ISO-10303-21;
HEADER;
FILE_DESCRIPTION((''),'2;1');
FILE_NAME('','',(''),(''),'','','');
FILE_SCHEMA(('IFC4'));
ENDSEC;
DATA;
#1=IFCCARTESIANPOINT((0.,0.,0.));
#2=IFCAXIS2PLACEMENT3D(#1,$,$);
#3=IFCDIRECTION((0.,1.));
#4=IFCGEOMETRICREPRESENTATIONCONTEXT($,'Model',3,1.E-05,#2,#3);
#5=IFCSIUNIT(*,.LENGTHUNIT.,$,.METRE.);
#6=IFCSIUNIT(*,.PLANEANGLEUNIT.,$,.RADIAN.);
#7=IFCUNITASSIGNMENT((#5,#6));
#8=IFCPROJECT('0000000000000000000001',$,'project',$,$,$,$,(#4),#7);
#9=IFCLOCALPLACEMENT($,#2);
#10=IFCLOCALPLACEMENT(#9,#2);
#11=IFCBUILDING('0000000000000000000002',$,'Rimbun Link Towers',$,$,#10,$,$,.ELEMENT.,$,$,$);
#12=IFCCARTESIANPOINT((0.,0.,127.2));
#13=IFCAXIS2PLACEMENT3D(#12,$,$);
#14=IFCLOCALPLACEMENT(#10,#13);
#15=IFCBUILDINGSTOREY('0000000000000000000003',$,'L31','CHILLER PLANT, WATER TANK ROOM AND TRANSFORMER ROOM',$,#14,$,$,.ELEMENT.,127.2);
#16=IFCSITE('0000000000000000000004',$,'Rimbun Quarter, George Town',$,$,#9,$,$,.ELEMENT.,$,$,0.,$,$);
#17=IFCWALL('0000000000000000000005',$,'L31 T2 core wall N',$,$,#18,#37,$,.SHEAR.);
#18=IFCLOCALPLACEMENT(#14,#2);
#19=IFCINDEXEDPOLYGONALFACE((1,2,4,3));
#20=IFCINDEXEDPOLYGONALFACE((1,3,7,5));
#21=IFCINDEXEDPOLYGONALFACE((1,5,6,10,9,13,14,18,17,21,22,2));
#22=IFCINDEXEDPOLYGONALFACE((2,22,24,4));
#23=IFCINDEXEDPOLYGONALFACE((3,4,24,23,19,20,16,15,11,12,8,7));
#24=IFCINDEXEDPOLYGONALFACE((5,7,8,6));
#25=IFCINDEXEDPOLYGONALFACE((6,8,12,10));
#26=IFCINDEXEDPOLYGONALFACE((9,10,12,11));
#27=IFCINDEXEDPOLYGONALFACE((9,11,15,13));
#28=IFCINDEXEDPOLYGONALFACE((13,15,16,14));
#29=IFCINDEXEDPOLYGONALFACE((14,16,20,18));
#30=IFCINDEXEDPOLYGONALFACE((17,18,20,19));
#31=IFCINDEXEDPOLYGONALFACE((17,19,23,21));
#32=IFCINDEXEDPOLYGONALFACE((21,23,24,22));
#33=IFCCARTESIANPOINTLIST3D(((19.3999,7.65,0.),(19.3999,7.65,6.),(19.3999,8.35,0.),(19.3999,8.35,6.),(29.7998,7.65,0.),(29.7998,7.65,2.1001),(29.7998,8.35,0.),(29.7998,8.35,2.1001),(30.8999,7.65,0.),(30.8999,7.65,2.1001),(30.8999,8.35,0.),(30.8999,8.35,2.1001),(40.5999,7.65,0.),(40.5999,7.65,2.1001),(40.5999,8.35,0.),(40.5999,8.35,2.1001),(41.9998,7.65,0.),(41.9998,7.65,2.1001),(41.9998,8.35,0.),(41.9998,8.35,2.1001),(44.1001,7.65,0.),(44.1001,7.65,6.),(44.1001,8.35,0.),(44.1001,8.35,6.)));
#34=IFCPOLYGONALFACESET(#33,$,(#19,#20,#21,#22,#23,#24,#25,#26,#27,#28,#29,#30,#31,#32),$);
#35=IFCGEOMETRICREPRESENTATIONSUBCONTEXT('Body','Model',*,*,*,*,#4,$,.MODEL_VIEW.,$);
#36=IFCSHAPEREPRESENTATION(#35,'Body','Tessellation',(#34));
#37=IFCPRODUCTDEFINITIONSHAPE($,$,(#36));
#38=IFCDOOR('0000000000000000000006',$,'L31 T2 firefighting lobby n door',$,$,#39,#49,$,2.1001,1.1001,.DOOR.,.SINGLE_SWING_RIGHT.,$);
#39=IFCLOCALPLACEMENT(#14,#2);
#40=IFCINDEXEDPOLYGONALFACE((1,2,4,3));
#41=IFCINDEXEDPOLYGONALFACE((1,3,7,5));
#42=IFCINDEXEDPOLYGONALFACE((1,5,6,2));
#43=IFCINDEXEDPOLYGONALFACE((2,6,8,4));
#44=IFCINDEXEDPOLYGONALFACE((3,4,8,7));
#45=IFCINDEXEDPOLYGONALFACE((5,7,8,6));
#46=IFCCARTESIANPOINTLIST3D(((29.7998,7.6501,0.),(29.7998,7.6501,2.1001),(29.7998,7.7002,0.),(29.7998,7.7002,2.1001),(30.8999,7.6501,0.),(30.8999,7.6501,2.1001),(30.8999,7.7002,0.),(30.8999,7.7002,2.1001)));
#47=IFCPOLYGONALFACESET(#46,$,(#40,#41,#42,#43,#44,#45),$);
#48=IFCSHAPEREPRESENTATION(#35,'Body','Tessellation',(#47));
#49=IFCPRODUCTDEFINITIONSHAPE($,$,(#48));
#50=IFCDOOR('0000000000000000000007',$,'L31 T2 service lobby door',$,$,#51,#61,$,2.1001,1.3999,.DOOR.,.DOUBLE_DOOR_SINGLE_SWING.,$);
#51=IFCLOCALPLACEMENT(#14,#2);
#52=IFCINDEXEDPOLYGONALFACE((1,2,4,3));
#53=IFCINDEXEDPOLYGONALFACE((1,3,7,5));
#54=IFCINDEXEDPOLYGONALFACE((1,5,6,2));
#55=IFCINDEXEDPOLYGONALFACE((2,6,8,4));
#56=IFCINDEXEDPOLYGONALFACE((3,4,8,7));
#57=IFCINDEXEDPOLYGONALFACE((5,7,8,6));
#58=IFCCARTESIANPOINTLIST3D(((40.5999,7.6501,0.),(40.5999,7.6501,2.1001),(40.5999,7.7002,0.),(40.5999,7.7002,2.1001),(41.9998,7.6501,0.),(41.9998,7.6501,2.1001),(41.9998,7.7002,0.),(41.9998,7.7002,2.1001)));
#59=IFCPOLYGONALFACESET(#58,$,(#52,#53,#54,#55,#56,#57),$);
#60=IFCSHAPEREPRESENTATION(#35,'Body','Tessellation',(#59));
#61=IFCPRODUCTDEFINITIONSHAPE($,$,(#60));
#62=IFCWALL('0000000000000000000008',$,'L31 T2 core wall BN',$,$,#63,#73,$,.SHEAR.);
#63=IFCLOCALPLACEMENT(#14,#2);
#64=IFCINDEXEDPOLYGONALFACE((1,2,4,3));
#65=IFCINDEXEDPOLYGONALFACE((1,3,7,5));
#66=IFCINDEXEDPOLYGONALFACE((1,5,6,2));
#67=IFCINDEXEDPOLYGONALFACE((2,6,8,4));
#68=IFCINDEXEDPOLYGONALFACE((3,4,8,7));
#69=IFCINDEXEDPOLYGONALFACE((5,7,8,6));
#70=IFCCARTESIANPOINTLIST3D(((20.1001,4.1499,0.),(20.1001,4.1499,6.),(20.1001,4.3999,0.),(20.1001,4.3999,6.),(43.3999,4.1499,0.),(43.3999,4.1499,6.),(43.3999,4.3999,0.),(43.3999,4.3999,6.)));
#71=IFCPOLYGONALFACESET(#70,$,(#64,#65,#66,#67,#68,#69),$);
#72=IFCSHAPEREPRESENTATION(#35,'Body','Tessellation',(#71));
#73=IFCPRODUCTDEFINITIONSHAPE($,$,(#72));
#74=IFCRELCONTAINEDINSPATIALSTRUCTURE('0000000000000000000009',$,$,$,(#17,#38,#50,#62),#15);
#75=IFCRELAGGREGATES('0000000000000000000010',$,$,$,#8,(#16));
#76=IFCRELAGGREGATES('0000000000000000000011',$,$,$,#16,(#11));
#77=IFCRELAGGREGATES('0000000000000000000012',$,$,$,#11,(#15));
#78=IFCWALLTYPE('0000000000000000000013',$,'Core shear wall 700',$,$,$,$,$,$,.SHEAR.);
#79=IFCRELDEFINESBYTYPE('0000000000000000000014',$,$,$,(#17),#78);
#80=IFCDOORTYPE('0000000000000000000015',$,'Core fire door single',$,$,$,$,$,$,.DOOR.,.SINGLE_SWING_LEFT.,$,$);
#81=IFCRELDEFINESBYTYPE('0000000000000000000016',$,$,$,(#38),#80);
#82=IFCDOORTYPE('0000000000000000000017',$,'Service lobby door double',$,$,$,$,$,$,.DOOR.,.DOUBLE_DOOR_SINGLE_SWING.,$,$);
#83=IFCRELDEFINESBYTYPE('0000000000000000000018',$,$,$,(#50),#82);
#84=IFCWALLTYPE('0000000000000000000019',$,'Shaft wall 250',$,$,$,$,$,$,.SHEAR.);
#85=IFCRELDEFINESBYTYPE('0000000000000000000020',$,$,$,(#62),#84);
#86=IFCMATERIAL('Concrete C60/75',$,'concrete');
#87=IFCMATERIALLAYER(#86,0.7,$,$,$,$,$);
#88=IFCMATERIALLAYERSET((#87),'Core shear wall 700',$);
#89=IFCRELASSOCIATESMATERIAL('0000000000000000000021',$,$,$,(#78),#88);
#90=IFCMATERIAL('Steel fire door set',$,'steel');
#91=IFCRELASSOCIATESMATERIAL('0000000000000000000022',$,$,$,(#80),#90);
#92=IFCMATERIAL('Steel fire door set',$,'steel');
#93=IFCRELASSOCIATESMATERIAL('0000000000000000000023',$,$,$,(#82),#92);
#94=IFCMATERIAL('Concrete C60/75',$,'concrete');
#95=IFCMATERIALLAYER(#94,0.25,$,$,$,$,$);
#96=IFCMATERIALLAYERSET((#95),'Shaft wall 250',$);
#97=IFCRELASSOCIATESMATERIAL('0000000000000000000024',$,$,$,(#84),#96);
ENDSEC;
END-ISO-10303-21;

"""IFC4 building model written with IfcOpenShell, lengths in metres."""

from ifc_helpers import new_model, si_unit, direction, frame, frame_2d, origin, place, context, subcontext, project, spatial, rectangle, extrude, material, layer, layer_set, type_object, element, fill, save


model = new_model("IFC4")

# Units and contexts
model_context = context("Model", 3, precision=1e-05, world=origin(), true_north=direction((0.0, 1.0)))
body_context = subcontext(model_context, "Body", "Model", "MODEL_VIEW")
ifc_project = project(units=[si_unit("LENGTHUNIT", "METRE"), si_unit("PLANEANGLEUNIT", "RADIAN")], contexts=[model_context])

# Site, building, storey
site_placement = place(None, origin())
site = spatial("IfcSite", under=ifc_project, at=site_placement, Name="Rimbun Quarter, George Town", CompositionType="ELEMENT", RefElevation=0.0)
building_placement = place(site_placement, origin())
building = spatial("IfcBuilding", under=site, at=building_placement, Name="Rimbun Link Towers", CompositionType="ELEMENT")
storey_placement = place(building_placement, frame((0.0, 0.0, 127.2)))
storey = spatial("IfcBuildingStorey", under=building, at=storey_placement, Name="L31", Description="CHILLER PLANT, WATER TANK ROOM AND TRANSFORMER ROOM", CompositionType="ELEMENT", Elevation=127.2)

# Wall, openings, doors
ifc_material_1 = material(Name="Concrete C60/75", Category="concrete")
ifc_layer_1 = layer(ifc_material_1, 0.7)
ifc_layer_set_1 = layer_set([ifc_layer_1], Name="Core shear wall 700")
wall_type_1 = type_object("IfcWallType", Name="Core shear wall 700", PredefinedType="SHEAR", material=ifc_layer_set_1)
wall_1_placement = place(storey_placement, frame((19.3999, 8.0, 0.0), z_axis=(0.0, 0.0, 1.0), x_axis=(1.0, 0.0, 0.0)))
wall_1 = element("IfcWall", 1, at=wall_1_placement, inside=storey, type_object=wall_type_1, Name="L31 T2 core wall N", PredefinedType="SHEAR", context=body_context, shape_type="SweptSolid", body=[
    extrude(rectangle(XDim=24.7002, YDim=0.7, at=frame_2d((12.3501, 0.0))), origin(), (0.0, 0.0, 1.0), 6.0),
])
opening_1_placement = place(wall_1_placement, frame((10.3999, 0.0, 0.0)))
opening_1 = element("IfcOpeningElement", 2, at=opening_1_placement, cuts=wall_1, PredefinedType="OPENING", context=body_context, shape_type="SweptSolid", body=[
    extrude(rectangle(XDim=1.1001, YDim=2.1001, at=frame_2d((0.55, 1.05))), frame((0.0, 0.3599, 0.0), z_axis=(0.0, -1.0, 0.0), x_axis=(1.0, 0.0, 0.0)), (0.0, 0.0, 1.0), 0.72),
])
opening_2_placement = place(wall_1_placement, frame((21.2, 0.0, 0.0)))
opening_2 = element("IfcOpeningElement", 3, at=opening_2_placement, cuts=wall_1, PredefinedType="OPENING", context=body_context, shape_type="SweptSolid", body=[
    extrude(rectangle(XDim=1.3999, YDim=2.1001, at=frame_2d((0.7, 1.05))), frame((0.0, 0.3599, 0.0), z_axis=(0.0, -1.0, 0.0), x_axis=(1.0, 0.0, 0.0)), (0.0, 0.0, 1.0), 0.72),
])
ifc_material_2 = material(Name="Steel fire door set", Category="steel")
door_type_1 = type_object("IfcDoorType", Name="Core fire door single", OperationType="SINGLE_SWING_LEFT", PredefinedType="DOOR", material=ifc_material_2)
door_1_placement = place(opening_1_placement, origin())
door_1 = element("IfcDoor", 4, at=door_1_placement, inside=storey, type_object=door_type_1, Name="L31 T2 firefighting lobby n door", OperationType="SINGLE_SWING_RIGHT", OverallHeight=2.1001, OverallWidth=1.1001, PredefinedType="DOOR", context=body_context, shape_type="SweptSolid", body=[
    extrude(rectangle(XDim=1.1001, YDim=2.1001, at=frame_2d((0.55, 1.05))), frame((0.0, -0.2998, 0.0), z_axis=(0.0, -1.0, 0.0), x_axis=(1.0, 0.0, 0.0)), (0.0, 0.0, 1.0), 0.05),
])
fill(opening_1, door_1)
ifc_material_3 = material(Name="Steel fire door set", Category="steel")
door_type_2 = type_object("IfcDoorType", Name="Service lobby door double", OperationType="DOUBLE_DOOR_SINGLE_SWING", PredefinedType="DOOR", material=ifc_material_3)
door_2_placement = place(opening_2_placement, origin())
door_2 = element("IfcDoor", 5, at=door_2_placement, inside=storey, type_object=door_type_2, Name="L31 T2 service lobby door", OperationType="DOUBLE_DOOR_SINGLE_SWING", OverallHeight=2.1001, OverallWidth=1.3999, PredefinedType="DOOR", context=body_context, shape_type="SweptSolid", body=[
    extrude(rectangle(XDim=1.3999, YDim=2.1001, at=frame_2d((0.7, 1.05))), frame((0.0, -0.2998, 0.0), z_axis=(0.0, -1.0, 0.0), x_axis=(1.0, 0.0, 0.0)), (0.0, 0.0, 1.0), 0.05),
])
fill(opening_2, door_2)

# Wall
ifc_material_4 = material(Name="Concrete C60/75", Category="concrete")
ifc_layer_2 = layer(ifc_material_4, 0.25)
ifc_layer_set_2 = layer_set([ifc_layer_2], Name="Shaft wall 250")
wall_type_2 = type_object("IfcWallType", Name="Shaft wall 250", PredefinedType="SHEAR", material=ifc_layer_set_2)
wall_2_placement = place(storey_placement, frame((20.1001, 4.2749, 0.0), z_axis=(0.0, 0.0, 1.0), x_axis=(1.0, 0.0, 0.0)))
element("IfcWall", 6, at=wall_2_placement, inside=storey, type_object=wall_type_2, Name="L31 T2 core wall BN", PredefinedType="SHEAR", context=body_context, shape_type="SweptSolid", body=[
    extrude(rectangle(XDim=23.2998, YDim=0.25, at=frame_2d((11.6499, 0.0))), origin(), (0.0, 0.0, 1.0), 6.0),
])

save(model, "model.ifc")
